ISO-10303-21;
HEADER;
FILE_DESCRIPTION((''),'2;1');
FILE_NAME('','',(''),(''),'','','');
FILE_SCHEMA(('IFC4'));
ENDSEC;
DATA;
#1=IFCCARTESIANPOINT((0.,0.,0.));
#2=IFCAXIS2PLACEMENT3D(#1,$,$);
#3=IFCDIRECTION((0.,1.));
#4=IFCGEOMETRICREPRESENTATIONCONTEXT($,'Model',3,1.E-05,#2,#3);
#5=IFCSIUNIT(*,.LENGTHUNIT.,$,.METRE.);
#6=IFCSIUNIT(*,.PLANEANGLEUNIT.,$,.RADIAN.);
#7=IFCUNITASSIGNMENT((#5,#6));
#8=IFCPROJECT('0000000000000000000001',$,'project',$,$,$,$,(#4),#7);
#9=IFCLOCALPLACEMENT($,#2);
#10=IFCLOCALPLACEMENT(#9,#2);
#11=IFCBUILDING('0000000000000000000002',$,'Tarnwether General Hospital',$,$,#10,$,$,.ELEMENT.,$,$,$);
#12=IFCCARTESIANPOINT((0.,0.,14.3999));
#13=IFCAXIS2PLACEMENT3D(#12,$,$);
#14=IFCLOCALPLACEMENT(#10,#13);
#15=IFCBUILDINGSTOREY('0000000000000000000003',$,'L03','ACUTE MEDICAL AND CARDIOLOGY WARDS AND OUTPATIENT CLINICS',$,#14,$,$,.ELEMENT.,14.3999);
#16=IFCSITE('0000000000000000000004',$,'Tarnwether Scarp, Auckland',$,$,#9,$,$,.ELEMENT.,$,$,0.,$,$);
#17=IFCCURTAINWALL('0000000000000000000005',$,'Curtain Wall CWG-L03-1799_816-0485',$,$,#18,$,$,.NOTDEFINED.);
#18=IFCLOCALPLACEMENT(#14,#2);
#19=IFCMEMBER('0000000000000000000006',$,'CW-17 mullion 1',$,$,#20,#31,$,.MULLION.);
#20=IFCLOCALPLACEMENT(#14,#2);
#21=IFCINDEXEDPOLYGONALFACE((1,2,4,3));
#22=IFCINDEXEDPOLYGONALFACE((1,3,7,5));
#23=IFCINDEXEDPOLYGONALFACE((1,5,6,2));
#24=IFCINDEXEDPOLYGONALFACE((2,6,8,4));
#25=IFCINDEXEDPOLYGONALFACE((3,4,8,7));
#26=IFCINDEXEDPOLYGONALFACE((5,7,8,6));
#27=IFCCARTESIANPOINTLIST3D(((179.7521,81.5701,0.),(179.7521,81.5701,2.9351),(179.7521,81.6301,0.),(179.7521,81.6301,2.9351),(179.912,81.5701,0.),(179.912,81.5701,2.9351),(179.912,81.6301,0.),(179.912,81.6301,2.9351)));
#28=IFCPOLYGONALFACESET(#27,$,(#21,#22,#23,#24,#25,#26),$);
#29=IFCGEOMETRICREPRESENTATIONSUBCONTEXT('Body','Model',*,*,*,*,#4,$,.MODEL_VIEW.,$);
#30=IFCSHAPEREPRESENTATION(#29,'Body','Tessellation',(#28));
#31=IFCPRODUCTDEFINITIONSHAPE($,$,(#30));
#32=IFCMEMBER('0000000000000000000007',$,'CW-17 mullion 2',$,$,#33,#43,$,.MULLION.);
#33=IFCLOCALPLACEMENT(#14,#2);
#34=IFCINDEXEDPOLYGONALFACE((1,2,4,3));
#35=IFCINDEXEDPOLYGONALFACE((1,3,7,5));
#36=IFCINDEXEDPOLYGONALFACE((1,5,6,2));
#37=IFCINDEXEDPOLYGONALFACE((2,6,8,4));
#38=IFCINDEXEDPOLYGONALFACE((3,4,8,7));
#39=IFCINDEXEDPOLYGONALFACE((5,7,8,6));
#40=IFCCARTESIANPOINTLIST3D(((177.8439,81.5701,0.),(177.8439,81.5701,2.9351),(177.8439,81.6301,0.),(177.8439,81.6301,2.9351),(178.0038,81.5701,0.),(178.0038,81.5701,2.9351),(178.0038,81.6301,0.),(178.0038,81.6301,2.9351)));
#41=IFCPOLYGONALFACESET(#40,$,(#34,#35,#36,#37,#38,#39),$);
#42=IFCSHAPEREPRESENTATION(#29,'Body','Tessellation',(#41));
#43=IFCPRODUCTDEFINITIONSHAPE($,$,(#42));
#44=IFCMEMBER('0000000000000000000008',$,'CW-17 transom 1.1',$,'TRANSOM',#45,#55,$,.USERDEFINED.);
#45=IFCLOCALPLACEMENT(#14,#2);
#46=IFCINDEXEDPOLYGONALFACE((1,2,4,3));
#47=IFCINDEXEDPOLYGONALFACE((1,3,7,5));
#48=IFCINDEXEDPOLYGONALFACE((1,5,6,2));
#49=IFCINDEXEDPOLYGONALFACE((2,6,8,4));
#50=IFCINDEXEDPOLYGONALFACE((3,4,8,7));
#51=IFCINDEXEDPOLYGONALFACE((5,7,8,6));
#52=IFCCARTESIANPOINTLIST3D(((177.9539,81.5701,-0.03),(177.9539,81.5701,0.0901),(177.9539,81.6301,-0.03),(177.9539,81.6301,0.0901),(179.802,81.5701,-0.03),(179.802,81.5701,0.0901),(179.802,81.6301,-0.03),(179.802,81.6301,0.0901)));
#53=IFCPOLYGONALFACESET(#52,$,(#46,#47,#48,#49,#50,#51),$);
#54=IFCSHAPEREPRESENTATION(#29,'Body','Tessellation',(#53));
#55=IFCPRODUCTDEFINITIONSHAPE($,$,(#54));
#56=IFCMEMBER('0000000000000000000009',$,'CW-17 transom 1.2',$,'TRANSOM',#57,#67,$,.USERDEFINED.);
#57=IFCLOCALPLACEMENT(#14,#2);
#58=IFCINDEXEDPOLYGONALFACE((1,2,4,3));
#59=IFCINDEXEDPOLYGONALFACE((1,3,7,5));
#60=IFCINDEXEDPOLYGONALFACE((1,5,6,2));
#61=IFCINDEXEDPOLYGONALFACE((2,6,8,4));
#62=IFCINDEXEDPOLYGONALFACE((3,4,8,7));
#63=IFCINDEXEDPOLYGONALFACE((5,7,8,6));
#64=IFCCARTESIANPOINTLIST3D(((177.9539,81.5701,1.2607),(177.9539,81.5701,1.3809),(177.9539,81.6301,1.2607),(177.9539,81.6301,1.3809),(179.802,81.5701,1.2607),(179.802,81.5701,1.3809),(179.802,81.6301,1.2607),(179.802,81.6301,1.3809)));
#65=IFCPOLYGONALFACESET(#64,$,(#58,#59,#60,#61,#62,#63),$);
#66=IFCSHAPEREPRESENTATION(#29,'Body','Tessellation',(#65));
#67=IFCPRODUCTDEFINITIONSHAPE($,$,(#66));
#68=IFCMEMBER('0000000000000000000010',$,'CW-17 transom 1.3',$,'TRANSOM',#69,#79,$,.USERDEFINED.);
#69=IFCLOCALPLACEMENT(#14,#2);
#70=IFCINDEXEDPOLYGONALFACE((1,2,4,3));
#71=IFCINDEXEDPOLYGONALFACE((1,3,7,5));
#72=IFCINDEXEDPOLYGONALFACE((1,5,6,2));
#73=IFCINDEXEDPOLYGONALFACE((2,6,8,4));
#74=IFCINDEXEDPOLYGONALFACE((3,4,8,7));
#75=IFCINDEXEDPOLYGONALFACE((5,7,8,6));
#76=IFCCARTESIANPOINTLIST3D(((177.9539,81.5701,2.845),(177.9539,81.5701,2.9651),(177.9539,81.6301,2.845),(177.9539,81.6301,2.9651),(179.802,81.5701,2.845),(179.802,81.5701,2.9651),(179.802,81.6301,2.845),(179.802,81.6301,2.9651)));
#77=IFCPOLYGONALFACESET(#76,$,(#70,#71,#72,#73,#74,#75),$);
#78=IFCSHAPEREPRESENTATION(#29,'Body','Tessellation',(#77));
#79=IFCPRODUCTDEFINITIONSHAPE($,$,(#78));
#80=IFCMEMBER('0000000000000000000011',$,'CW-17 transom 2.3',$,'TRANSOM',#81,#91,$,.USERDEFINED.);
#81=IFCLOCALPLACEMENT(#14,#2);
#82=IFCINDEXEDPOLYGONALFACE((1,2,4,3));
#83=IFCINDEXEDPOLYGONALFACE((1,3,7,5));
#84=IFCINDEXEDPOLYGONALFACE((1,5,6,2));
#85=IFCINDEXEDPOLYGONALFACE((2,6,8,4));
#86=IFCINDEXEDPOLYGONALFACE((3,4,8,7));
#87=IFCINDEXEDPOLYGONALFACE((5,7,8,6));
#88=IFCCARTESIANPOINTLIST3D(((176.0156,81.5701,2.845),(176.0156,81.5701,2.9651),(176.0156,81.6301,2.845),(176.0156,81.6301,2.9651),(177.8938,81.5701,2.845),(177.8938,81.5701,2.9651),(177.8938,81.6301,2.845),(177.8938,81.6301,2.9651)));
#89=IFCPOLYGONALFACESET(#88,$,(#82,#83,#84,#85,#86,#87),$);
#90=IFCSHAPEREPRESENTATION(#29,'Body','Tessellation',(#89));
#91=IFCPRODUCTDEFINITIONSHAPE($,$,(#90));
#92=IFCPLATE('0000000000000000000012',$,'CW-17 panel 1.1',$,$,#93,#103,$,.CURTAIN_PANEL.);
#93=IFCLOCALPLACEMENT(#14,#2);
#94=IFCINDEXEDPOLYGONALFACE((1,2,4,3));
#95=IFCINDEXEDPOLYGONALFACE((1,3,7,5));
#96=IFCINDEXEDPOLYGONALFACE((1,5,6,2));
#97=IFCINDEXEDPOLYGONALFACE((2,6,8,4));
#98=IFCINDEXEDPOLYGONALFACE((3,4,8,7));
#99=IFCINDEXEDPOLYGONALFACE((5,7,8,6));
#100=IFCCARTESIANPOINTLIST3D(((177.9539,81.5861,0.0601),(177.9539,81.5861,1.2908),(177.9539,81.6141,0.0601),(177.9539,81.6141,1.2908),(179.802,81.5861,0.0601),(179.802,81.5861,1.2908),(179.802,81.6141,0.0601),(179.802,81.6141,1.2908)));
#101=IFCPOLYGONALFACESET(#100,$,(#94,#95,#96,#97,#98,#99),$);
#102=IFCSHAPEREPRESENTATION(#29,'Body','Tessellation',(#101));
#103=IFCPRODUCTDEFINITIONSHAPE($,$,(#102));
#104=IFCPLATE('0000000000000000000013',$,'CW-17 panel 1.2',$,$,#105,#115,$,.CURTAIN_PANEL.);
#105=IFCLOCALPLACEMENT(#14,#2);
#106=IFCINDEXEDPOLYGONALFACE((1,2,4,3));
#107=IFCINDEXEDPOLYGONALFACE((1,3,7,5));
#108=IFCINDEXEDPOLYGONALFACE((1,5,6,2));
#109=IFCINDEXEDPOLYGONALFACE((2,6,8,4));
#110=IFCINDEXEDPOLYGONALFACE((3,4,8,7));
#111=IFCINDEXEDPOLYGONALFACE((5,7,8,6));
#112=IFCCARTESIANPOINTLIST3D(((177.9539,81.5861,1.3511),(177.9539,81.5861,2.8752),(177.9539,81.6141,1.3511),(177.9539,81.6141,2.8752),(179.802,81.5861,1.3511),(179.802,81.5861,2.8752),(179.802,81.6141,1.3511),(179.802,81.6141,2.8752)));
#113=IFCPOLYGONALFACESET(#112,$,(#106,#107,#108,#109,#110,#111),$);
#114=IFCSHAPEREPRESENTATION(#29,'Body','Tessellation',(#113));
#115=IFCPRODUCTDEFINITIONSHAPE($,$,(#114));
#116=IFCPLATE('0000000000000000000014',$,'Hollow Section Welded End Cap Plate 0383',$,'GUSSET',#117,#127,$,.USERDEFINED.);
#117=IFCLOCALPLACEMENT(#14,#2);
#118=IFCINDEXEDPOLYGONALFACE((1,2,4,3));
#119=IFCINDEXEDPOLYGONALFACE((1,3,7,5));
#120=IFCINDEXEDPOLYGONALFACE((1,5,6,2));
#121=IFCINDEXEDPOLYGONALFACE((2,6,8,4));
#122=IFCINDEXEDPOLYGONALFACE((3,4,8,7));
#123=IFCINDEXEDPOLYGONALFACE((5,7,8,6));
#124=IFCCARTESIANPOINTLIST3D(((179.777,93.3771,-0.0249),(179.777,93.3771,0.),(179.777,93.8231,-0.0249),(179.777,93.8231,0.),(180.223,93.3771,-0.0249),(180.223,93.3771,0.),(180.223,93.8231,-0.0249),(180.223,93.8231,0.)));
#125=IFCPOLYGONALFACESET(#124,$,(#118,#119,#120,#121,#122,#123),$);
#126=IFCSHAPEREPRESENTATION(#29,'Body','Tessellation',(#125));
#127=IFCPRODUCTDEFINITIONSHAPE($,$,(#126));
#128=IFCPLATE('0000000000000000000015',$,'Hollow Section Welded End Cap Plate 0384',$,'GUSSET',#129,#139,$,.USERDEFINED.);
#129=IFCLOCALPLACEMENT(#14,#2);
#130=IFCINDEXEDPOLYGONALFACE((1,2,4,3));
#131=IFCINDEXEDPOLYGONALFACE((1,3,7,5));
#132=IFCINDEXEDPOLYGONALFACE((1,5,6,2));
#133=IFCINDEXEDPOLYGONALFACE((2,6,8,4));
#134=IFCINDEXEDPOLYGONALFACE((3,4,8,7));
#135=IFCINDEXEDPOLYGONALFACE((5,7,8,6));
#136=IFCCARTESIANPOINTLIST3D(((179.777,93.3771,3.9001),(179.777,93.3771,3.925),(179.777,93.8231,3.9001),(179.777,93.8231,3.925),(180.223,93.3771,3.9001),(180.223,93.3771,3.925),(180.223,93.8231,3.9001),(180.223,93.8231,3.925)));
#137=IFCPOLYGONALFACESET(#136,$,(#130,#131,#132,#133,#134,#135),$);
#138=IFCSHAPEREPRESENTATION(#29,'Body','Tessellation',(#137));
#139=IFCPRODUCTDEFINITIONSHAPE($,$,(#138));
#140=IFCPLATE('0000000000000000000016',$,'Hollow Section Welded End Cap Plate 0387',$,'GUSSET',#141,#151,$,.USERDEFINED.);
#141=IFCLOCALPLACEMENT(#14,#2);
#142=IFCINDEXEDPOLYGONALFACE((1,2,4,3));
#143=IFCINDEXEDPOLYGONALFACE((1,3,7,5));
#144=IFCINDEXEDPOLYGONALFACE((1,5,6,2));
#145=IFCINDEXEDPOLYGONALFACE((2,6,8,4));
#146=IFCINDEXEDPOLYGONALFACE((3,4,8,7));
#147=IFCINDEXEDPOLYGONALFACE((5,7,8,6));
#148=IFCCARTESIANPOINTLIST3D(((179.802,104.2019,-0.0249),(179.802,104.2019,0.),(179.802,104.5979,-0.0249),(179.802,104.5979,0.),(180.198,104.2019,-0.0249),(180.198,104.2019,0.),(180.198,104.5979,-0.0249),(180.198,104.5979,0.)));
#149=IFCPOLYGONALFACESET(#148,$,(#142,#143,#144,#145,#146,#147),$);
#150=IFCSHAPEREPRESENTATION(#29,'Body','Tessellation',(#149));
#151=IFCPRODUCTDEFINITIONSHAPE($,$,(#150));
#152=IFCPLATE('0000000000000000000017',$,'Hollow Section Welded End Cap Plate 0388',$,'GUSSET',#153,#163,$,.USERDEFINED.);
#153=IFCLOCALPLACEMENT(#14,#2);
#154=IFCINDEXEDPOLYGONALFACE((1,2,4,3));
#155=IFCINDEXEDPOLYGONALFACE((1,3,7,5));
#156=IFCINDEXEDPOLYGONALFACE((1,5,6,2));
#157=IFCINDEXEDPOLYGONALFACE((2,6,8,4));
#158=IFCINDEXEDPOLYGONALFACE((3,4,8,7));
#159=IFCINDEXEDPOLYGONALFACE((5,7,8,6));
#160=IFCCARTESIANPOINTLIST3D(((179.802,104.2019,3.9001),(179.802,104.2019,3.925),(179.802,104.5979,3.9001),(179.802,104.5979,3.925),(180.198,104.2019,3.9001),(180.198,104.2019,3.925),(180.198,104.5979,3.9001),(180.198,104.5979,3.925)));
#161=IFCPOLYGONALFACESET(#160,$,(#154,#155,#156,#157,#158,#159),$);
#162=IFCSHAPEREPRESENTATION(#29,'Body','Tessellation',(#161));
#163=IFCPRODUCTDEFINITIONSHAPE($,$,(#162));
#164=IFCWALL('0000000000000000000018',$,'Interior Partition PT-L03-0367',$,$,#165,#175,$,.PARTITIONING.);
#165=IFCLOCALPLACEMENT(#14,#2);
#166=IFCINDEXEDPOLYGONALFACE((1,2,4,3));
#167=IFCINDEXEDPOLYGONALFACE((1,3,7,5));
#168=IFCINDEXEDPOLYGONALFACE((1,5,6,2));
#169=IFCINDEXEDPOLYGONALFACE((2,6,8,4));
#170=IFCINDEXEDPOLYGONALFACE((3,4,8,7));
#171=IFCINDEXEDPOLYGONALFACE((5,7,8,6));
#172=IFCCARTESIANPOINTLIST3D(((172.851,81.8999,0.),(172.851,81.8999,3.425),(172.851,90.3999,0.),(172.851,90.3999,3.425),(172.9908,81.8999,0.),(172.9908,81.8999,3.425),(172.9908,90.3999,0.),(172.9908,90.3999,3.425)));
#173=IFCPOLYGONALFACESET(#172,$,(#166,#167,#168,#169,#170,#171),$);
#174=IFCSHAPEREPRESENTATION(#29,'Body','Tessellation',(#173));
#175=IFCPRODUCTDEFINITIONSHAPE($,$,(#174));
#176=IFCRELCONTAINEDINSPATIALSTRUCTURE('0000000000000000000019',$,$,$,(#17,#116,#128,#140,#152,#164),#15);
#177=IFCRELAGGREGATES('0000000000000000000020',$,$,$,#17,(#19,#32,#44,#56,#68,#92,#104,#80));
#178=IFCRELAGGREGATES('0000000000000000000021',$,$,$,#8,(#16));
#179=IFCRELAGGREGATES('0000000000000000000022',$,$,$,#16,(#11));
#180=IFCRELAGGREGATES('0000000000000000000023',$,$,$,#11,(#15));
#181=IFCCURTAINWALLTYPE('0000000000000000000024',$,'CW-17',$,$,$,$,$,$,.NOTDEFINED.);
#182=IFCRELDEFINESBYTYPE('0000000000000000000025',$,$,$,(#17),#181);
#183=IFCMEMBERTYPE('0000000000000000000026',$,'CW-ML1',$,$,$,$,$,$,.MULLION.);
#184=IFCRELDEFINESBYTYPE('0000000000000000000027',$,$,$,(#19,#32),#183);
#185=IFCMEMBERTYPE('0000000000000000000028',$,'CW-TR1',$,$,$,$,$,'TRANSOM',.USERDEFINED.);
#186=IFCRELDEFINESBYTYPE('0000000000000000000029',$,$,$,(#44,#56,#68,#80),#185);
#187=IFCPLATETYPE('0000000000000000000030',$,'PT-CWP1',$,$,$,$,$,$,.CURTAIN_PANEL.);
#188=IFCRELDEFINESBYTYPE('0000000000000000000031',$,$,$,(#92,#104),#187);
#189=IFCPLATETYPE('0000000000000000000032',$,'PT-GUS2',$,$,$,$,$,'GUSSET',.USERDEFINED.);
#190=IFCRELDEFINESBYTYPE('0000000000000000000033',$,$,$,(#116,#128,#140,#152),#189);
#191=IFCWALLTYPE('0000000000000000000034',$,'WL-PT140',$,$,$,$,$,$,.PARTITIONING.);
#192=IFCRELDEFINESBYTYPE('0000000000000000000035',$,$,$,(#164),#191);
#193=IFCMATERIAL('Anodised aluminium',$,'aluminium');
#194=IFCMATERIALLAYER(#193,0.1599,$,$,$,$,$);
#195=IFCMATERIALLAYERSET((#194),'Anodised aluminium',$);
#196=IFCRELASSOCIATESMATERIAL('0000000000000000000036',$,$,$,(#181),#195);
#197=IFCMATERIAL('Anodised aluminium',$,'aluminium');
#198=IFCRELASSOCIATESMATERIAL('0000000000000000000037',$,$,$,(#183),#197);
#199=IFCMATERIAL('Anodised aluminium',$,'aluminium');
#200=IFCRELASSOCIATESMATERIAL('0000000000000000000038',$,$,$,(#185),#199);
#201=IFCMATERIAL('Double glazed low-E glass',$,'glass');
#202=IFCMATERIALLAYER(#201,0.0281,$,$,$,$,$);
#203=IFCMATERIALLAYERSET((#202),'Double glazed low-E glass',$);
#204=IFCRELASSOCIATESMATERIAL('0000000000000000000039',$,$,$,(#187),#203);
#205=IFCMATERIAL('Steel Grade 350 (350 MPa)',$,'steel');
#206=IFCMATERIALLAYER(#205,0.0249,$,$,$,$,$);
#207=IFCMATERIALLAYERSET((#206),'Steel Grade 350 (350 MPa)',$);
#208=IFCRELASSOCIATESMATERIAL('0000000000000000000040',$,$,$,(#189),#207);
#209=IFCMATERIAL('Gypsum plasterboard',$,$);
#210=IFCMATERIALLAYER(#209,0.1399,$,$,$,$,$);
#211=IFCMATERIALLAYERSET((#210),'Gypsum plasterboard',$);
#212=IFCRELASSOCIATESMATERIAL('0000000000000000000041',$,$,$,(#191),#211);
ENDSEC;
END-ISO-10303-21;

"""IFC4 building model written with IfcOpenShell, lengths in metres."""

from ifc_helpers import new_model, si_unit, direction, frame, frame_2d, origin, origin_2d, place, context, subcontext, project, spatial, rectangle, extrude, material, layer, layer_set, material_profile, profile_set, type_object, element, aggregate, save


model = new_model("IFC4")

# Units and contexts
model_context = context("Model", 3, precision=1e-05, world=origin(), true_north=direction((0.0, 1.0)))
body_context = subcontext(model_context, "Body", "Model", "MODEL_VIEW")
ifc_project = project(units=[si_unit("LENGTHUNIT", "METRE"), si_unit("PLANEANGLEUNIT", "RADIAN")], contexts=[model_context])

# Site, building, storey
site_placement = place(None, origin())
site = spatial("IfcSite", under=ifc_project, at=site_placement, Name="Tarnwether Scarp, Auckland", CompositionType="ELEMENT", RefElevation=0.0)
building_placement = place(site_placement, origin())
building = spatial("IfcBuilding", under=site, at=building_placement, Name="Tarnwether General Hospital", CompositionType="ELEMENT")
storey_placement = place(building_placement, frame((0.0, 0.0, 14.3999)))
storey = spatial("IfcBuildingStorey", under=building, at=storey_placement, Name="L03", Description="ACUTE MEDICAL AND CARDIOLOGY WARDS AND OUTPATIENT CLINICS", CompositionType="ELEMENT", Elevation=14.3999)

# Curtain wall, members, plates
ifc_material_1 = material(Name="Anodised aluminium", Category="aluminium")
ifc_layer_1 = layer(ifc_material_1, 0.1599)
ifc_layer_set_1 = layer_set([ifc_layer_1], Name="Anodised aluminium")
curtain_wall_type = type_object("IfcCurtainWallType", Name="CW-17", PredefinedType="NOTDEFINED", material=ifc_layer_set_1)
curtain_wall_placement = place(storey_placement, origin())
curtain_wall = element("IfcCurtainWall", 1, at=curtain_wall_placement, inside=storey, type_object=curtain_wall_type, Name="Curtain Wall CWG-L03-1799_816-0485", PredefinedType="NOTDEFINED")
ifc_material_2 = material(Name="Anodised aluminium", Category="aluminium")
ifc_material_profile_1 = material_profile(ifc_material_2, rectangle(XDim=0.0601, YDim=0.1599, at=origin_2d()), Name="ALU-MUL-60x160")
ifc_profile_set_1 = profile_set([ifc_material_profile_1], Name="Anodised aluminium")
member_type_1 = type_object("IfcMemberType", Name="CW-ML1", PredefinedType="MULLION", material=ifc_profile_set_1)
member_1_placement = place(storey_placement, frame((179.832, 81.6001, 0.0), z_axis=(0.0, 0.0, 1.0), x_axis=(0.0, -1.0, 0.0)))
member_1 = element("IfcMember", 2, at=member_1_placement, type_object=member_type_1, Name="CW-17 mullion 1", PredefinedType="MULLION", context=body_context, shape_type="SweptSolid", body=[
    extrude(rectangle(XDim=0.0601, YDim=0.1599, at=origin_2d()), origin(), (0.0, 0.0, 1.0), 2.9351),
])
member_2_placement = place(storey_placement, frame((177.9238, 81.6001, 0.0), z_axis=(0.0, 0.0, 1.0), x_axis=(0.0, -1.0, 0.0)))
member_2 = element("IfcMember", 3, at=member_2_placement, type_object=member_type_1, Name="CW-17 mullion 2", PredefinedType="MULLION", context=body_context, shape_type="SweptSolid", body=[
    extrude(rectangle(XDim=0.0601, YDim=0.1599, at=origin_2d()), origin(), (0.0, 0.0, 1.0), 2.9351),
])
ifc_material_3 = material(Name="Anodised aluminium", Category="aluminium")
ifc_material_profile_2 = material_profile(ifc_material_3, rectangle(XDim=0.0601, YDim=0.1201, at=origin_2d()), Name="ALU-TRN-60x120")
ifc_profile_set_2 = profile_set([ifc_material_profile_2], Name="Anodised aluminium")
member_type_2 = type_object("IfcMemberType", Name="CW-TR1", ElementType="TRANSOM", PredefinedType="USERDEFINED", material=ifc_profile_set_2)
member_3_placement = place(storey_placement, frame((179.802, 81.6001, 0.03), z_axis=(-1.0, 0.0, 0.0), x_axis=(0.0, -1.0, 0.0)))
member_3 = element("IfcMember", 4, at=member_3_placement, type_object=member_type_2, Name="CW-17 transom 1.1", ObjectType="TRANSOM", PredefinedType="USERDEFINED", context=body_context, shape_type="SweptSolid", body=[
    extrude(rectangle(XDim=0.0601, YDim=0.1201, at=origin_2d()), origin(), (0.0, 0.0, 1.0), 1.8481),
])
member_4_placement = place(storey_placement, frame((179.802, 81.6001, 1.3208), z_axis=(-1.0, 0.0, 0.0), x_axis=(0.0, -1.0, 0.0)))
member_4 = element("IfcMember", 5, at=member_4_placement, type_object=member_type_2, Name="CW-17 transom 1.2", ObjectType="TRANSOM", PredefinedType="USERDEFINED", context=body_context, shape_type="SweptSolid", body=[
    extrude(rectangle(XDim=0.0601, YDim=0.1201, at=origin_2d()), origin(), (0.0, 0.0, 1.0), 1.8481),
])
member_5_placement = place(storey_placement, frame((179.802, 81.6001, 2.905), z_axis=(-1.0, 0.0, 0.0), x_axis=(0.0, -1.0, 0.0)))
member_5 = element("IfcMember", 6, at=member_5_placement, type_object=member_type_2, Name="CW-17 transom 1.3", ObjectType="TRANSOM", PredefinedType="USERDEFINED", context=body_context, shape_type="SweptSolid", body=[
    extrude(rectangle(XDim=0.0601, YDim=0.1201, at=origin_2d()), origin(), (0.0, 0.0, 1.0), 1.8481),
])
member_6_placement = place(storey_placement, frame((177.8938, 81.6001, 2.905), z_axis=(-1.0, 0.0, 0.0), x_axis=(0.0, -1.0, 0.0)))
member_6 = element("IfcMember", 7, at=member_6_placement, type_object=member_type_2, Name="CW-17 transom 2.3", ObjectType="TRANSOM", PredefinedType="USERDEFINED", context=body_context, shape_type="SweptSolid", body=[
    extrude(rectangle(XDim=0.0601, YDim=0.1201, at=origin_2d()), origin(), (0.0, 0.0, 1.0), 1.8782),
])
ifc_material_4 = material(Name="Double glazed low-E glass", Category="glass")
ifc_layer_2 = layer(ifc_material_4, 0.0281)
ifc_layer_set_2 = layer_set([ifc_layer_2], Name="Double glazed low-E glass")
plate_type_1 = type_object("IfcPlateType", Name="PT-CWP1", PredefinedType="CURTAIN_PANEL", material=ifc_layer_set_2)
plate_1_placement = place(storey_placement, frame((178.8779, 81.6001, 0.0601), z_axis=(0.0, 0.0, 1.0), x_axis=(-1.0, 0.0, 0.0)))
plate_1 = element("IfcPlate", 8, at=plate_1_placement, type_object=plate_type_1, Name="CW-17 panel 1.1", PredefinedType="CURTAIN_PANEL", context=body_context, shape_type="SweptSolid", body=[
    extrude(rectangle(XDim=1.8481, YDim=0.0281, at=origin_2d()), origin(), (0.0, 0.0, 1.0), 1.2307),
])
plate_2_placement = place(storey_placement, frame((178.8779, 81.6001, 1.3511), z_axis=(0.0, 0.0, 1.0), x_axis=(-1.0, 0.0, 0.0)))
plate_2 = element("IfcPlate", 9, at=plate_2_placement, type_object=plate_type_1, Name="CW-17 panel 1.2", PredefinedType="CURTAIN_PANEL", context=body_context, shape_type="SweptSolid", body=[
    extrude(rectangle(XDim=1.8481, YDim=0.0281, at=origin_2d()), origin(), (0.0, 0.0, 1.0), 1.5242),
])
aggregate(curtain_wall, [member_1, member_2, member_3, member_4, member_5, plate_1, plate_2, member_6])

# Plates
ifc_material_5 = material(Name="Steel Grade 350 (350 MPa)", Category="steel")
ifc_layer_3 = layer(ifc_material_5, 0.0249)
ifc_layer_set_3 = layer_set([ifc_layer_3], Name="Steel Grade 350 (350 MPa)")
plate_type_2 = type_object("IfcPlateType", Name="PT-GUS2", ElementType="GUSSET", PredefinedType="USERDEFINED", material=ifc_layer_set_3)
for number, where, z_axis, x_axis, name in (
    (10, (180.0, 93.6001, -0.0249), (0.0, 0.0, 1.0), (1.0, 0.0, 0.0), "Hollow Section Welded End Cap Plate 0383"),
    (11, (180.0, 93.6001, 3.9001), (0.0, 0.0, 1.0), (1.0, 0.0, 0.0), "Hollow Section Welded End Cap Plate 0384"),
):
    element("IfcPlate", number, at=place(storey_placement, frame(where, z_axis=z_axis, x_axis=x_axis)), inside=storey, type_object=plate_type_2, Name=name, ObjectType="GUSSET", PredefinedType="USERDEFINED", context=body_context, shape_type="SweptSolid", body=[
        extrude(rectangle(XDim=0.446, YDim=0.446, at=origin_2d()), origin(), (0.0, 0.0, 1.0), 0.0249),
    ])
for number, where, z_axis, x_axis, name in (
    (12, (180.0, 104.3999, -0.0249), (0.0, 0.0, 1.0), (1.0, 0.0, 0.0), "Hollow Section Welded End Cap Plate 0387"),
    (13, (180.0, 104.3999, 3.9001), (0.0, 0.0, 1.0), (1.0, 0.0, 0.0), "Hollow Section Welded End Cap Plate 0388"),
):
    element("IfcPlate", number, at=place(storey_placement, frame(where, z_axis=z_axis, x_axis=x_axis)), inside=storey, type_object=plate_type_2, Name=name, ObjectType="GUSSET", PredefinedType="USERDEFINED", context=body_context, shape_type="SweptSolid", body=[
        extrude(rectangle(XDim=0.396, YDim=0.396, at=origin_2d()), origin(), (0.0, 0.0, 1.0), 0.0249),
    ])

# Wall
ifc_material_6 = material(Name="Gypsum plasterboard")
ifc_layer_4 = layer(ifc_material_6, 0.1399)
ifc_layer_set_4 = layer_set([ifc_layer_4], Name="Gypsum plasterboard")
wall_type = type_object("IfcWallType", Name="WL-PT140", PredefinedType="PARTITIONING", material=ifc_layer_set_4)
wall_1_placement = place(storey_placement, frame((172.9209, 81.8999, 0.0), z_axis=(0.0, 0.0, 1.0), x_axis=(0.0, 1.0, 0.0)))
element("IfcWall", 14, at=wall_1_placement, inside=storey, type_object=wall_type, Name="Interior Partition PT-L03-0367", PredefinedType="PARTITIONING", context=body_context, shape_type="SweptSolid", body=[
    extrude(rectangle(XDim=8.5, YDim=0.1399, at=frame_2d((4.25, 0.0))), origin(), (0.0, 0.0, 1.0), 3.425),
])

save(model, "model.ifc")
